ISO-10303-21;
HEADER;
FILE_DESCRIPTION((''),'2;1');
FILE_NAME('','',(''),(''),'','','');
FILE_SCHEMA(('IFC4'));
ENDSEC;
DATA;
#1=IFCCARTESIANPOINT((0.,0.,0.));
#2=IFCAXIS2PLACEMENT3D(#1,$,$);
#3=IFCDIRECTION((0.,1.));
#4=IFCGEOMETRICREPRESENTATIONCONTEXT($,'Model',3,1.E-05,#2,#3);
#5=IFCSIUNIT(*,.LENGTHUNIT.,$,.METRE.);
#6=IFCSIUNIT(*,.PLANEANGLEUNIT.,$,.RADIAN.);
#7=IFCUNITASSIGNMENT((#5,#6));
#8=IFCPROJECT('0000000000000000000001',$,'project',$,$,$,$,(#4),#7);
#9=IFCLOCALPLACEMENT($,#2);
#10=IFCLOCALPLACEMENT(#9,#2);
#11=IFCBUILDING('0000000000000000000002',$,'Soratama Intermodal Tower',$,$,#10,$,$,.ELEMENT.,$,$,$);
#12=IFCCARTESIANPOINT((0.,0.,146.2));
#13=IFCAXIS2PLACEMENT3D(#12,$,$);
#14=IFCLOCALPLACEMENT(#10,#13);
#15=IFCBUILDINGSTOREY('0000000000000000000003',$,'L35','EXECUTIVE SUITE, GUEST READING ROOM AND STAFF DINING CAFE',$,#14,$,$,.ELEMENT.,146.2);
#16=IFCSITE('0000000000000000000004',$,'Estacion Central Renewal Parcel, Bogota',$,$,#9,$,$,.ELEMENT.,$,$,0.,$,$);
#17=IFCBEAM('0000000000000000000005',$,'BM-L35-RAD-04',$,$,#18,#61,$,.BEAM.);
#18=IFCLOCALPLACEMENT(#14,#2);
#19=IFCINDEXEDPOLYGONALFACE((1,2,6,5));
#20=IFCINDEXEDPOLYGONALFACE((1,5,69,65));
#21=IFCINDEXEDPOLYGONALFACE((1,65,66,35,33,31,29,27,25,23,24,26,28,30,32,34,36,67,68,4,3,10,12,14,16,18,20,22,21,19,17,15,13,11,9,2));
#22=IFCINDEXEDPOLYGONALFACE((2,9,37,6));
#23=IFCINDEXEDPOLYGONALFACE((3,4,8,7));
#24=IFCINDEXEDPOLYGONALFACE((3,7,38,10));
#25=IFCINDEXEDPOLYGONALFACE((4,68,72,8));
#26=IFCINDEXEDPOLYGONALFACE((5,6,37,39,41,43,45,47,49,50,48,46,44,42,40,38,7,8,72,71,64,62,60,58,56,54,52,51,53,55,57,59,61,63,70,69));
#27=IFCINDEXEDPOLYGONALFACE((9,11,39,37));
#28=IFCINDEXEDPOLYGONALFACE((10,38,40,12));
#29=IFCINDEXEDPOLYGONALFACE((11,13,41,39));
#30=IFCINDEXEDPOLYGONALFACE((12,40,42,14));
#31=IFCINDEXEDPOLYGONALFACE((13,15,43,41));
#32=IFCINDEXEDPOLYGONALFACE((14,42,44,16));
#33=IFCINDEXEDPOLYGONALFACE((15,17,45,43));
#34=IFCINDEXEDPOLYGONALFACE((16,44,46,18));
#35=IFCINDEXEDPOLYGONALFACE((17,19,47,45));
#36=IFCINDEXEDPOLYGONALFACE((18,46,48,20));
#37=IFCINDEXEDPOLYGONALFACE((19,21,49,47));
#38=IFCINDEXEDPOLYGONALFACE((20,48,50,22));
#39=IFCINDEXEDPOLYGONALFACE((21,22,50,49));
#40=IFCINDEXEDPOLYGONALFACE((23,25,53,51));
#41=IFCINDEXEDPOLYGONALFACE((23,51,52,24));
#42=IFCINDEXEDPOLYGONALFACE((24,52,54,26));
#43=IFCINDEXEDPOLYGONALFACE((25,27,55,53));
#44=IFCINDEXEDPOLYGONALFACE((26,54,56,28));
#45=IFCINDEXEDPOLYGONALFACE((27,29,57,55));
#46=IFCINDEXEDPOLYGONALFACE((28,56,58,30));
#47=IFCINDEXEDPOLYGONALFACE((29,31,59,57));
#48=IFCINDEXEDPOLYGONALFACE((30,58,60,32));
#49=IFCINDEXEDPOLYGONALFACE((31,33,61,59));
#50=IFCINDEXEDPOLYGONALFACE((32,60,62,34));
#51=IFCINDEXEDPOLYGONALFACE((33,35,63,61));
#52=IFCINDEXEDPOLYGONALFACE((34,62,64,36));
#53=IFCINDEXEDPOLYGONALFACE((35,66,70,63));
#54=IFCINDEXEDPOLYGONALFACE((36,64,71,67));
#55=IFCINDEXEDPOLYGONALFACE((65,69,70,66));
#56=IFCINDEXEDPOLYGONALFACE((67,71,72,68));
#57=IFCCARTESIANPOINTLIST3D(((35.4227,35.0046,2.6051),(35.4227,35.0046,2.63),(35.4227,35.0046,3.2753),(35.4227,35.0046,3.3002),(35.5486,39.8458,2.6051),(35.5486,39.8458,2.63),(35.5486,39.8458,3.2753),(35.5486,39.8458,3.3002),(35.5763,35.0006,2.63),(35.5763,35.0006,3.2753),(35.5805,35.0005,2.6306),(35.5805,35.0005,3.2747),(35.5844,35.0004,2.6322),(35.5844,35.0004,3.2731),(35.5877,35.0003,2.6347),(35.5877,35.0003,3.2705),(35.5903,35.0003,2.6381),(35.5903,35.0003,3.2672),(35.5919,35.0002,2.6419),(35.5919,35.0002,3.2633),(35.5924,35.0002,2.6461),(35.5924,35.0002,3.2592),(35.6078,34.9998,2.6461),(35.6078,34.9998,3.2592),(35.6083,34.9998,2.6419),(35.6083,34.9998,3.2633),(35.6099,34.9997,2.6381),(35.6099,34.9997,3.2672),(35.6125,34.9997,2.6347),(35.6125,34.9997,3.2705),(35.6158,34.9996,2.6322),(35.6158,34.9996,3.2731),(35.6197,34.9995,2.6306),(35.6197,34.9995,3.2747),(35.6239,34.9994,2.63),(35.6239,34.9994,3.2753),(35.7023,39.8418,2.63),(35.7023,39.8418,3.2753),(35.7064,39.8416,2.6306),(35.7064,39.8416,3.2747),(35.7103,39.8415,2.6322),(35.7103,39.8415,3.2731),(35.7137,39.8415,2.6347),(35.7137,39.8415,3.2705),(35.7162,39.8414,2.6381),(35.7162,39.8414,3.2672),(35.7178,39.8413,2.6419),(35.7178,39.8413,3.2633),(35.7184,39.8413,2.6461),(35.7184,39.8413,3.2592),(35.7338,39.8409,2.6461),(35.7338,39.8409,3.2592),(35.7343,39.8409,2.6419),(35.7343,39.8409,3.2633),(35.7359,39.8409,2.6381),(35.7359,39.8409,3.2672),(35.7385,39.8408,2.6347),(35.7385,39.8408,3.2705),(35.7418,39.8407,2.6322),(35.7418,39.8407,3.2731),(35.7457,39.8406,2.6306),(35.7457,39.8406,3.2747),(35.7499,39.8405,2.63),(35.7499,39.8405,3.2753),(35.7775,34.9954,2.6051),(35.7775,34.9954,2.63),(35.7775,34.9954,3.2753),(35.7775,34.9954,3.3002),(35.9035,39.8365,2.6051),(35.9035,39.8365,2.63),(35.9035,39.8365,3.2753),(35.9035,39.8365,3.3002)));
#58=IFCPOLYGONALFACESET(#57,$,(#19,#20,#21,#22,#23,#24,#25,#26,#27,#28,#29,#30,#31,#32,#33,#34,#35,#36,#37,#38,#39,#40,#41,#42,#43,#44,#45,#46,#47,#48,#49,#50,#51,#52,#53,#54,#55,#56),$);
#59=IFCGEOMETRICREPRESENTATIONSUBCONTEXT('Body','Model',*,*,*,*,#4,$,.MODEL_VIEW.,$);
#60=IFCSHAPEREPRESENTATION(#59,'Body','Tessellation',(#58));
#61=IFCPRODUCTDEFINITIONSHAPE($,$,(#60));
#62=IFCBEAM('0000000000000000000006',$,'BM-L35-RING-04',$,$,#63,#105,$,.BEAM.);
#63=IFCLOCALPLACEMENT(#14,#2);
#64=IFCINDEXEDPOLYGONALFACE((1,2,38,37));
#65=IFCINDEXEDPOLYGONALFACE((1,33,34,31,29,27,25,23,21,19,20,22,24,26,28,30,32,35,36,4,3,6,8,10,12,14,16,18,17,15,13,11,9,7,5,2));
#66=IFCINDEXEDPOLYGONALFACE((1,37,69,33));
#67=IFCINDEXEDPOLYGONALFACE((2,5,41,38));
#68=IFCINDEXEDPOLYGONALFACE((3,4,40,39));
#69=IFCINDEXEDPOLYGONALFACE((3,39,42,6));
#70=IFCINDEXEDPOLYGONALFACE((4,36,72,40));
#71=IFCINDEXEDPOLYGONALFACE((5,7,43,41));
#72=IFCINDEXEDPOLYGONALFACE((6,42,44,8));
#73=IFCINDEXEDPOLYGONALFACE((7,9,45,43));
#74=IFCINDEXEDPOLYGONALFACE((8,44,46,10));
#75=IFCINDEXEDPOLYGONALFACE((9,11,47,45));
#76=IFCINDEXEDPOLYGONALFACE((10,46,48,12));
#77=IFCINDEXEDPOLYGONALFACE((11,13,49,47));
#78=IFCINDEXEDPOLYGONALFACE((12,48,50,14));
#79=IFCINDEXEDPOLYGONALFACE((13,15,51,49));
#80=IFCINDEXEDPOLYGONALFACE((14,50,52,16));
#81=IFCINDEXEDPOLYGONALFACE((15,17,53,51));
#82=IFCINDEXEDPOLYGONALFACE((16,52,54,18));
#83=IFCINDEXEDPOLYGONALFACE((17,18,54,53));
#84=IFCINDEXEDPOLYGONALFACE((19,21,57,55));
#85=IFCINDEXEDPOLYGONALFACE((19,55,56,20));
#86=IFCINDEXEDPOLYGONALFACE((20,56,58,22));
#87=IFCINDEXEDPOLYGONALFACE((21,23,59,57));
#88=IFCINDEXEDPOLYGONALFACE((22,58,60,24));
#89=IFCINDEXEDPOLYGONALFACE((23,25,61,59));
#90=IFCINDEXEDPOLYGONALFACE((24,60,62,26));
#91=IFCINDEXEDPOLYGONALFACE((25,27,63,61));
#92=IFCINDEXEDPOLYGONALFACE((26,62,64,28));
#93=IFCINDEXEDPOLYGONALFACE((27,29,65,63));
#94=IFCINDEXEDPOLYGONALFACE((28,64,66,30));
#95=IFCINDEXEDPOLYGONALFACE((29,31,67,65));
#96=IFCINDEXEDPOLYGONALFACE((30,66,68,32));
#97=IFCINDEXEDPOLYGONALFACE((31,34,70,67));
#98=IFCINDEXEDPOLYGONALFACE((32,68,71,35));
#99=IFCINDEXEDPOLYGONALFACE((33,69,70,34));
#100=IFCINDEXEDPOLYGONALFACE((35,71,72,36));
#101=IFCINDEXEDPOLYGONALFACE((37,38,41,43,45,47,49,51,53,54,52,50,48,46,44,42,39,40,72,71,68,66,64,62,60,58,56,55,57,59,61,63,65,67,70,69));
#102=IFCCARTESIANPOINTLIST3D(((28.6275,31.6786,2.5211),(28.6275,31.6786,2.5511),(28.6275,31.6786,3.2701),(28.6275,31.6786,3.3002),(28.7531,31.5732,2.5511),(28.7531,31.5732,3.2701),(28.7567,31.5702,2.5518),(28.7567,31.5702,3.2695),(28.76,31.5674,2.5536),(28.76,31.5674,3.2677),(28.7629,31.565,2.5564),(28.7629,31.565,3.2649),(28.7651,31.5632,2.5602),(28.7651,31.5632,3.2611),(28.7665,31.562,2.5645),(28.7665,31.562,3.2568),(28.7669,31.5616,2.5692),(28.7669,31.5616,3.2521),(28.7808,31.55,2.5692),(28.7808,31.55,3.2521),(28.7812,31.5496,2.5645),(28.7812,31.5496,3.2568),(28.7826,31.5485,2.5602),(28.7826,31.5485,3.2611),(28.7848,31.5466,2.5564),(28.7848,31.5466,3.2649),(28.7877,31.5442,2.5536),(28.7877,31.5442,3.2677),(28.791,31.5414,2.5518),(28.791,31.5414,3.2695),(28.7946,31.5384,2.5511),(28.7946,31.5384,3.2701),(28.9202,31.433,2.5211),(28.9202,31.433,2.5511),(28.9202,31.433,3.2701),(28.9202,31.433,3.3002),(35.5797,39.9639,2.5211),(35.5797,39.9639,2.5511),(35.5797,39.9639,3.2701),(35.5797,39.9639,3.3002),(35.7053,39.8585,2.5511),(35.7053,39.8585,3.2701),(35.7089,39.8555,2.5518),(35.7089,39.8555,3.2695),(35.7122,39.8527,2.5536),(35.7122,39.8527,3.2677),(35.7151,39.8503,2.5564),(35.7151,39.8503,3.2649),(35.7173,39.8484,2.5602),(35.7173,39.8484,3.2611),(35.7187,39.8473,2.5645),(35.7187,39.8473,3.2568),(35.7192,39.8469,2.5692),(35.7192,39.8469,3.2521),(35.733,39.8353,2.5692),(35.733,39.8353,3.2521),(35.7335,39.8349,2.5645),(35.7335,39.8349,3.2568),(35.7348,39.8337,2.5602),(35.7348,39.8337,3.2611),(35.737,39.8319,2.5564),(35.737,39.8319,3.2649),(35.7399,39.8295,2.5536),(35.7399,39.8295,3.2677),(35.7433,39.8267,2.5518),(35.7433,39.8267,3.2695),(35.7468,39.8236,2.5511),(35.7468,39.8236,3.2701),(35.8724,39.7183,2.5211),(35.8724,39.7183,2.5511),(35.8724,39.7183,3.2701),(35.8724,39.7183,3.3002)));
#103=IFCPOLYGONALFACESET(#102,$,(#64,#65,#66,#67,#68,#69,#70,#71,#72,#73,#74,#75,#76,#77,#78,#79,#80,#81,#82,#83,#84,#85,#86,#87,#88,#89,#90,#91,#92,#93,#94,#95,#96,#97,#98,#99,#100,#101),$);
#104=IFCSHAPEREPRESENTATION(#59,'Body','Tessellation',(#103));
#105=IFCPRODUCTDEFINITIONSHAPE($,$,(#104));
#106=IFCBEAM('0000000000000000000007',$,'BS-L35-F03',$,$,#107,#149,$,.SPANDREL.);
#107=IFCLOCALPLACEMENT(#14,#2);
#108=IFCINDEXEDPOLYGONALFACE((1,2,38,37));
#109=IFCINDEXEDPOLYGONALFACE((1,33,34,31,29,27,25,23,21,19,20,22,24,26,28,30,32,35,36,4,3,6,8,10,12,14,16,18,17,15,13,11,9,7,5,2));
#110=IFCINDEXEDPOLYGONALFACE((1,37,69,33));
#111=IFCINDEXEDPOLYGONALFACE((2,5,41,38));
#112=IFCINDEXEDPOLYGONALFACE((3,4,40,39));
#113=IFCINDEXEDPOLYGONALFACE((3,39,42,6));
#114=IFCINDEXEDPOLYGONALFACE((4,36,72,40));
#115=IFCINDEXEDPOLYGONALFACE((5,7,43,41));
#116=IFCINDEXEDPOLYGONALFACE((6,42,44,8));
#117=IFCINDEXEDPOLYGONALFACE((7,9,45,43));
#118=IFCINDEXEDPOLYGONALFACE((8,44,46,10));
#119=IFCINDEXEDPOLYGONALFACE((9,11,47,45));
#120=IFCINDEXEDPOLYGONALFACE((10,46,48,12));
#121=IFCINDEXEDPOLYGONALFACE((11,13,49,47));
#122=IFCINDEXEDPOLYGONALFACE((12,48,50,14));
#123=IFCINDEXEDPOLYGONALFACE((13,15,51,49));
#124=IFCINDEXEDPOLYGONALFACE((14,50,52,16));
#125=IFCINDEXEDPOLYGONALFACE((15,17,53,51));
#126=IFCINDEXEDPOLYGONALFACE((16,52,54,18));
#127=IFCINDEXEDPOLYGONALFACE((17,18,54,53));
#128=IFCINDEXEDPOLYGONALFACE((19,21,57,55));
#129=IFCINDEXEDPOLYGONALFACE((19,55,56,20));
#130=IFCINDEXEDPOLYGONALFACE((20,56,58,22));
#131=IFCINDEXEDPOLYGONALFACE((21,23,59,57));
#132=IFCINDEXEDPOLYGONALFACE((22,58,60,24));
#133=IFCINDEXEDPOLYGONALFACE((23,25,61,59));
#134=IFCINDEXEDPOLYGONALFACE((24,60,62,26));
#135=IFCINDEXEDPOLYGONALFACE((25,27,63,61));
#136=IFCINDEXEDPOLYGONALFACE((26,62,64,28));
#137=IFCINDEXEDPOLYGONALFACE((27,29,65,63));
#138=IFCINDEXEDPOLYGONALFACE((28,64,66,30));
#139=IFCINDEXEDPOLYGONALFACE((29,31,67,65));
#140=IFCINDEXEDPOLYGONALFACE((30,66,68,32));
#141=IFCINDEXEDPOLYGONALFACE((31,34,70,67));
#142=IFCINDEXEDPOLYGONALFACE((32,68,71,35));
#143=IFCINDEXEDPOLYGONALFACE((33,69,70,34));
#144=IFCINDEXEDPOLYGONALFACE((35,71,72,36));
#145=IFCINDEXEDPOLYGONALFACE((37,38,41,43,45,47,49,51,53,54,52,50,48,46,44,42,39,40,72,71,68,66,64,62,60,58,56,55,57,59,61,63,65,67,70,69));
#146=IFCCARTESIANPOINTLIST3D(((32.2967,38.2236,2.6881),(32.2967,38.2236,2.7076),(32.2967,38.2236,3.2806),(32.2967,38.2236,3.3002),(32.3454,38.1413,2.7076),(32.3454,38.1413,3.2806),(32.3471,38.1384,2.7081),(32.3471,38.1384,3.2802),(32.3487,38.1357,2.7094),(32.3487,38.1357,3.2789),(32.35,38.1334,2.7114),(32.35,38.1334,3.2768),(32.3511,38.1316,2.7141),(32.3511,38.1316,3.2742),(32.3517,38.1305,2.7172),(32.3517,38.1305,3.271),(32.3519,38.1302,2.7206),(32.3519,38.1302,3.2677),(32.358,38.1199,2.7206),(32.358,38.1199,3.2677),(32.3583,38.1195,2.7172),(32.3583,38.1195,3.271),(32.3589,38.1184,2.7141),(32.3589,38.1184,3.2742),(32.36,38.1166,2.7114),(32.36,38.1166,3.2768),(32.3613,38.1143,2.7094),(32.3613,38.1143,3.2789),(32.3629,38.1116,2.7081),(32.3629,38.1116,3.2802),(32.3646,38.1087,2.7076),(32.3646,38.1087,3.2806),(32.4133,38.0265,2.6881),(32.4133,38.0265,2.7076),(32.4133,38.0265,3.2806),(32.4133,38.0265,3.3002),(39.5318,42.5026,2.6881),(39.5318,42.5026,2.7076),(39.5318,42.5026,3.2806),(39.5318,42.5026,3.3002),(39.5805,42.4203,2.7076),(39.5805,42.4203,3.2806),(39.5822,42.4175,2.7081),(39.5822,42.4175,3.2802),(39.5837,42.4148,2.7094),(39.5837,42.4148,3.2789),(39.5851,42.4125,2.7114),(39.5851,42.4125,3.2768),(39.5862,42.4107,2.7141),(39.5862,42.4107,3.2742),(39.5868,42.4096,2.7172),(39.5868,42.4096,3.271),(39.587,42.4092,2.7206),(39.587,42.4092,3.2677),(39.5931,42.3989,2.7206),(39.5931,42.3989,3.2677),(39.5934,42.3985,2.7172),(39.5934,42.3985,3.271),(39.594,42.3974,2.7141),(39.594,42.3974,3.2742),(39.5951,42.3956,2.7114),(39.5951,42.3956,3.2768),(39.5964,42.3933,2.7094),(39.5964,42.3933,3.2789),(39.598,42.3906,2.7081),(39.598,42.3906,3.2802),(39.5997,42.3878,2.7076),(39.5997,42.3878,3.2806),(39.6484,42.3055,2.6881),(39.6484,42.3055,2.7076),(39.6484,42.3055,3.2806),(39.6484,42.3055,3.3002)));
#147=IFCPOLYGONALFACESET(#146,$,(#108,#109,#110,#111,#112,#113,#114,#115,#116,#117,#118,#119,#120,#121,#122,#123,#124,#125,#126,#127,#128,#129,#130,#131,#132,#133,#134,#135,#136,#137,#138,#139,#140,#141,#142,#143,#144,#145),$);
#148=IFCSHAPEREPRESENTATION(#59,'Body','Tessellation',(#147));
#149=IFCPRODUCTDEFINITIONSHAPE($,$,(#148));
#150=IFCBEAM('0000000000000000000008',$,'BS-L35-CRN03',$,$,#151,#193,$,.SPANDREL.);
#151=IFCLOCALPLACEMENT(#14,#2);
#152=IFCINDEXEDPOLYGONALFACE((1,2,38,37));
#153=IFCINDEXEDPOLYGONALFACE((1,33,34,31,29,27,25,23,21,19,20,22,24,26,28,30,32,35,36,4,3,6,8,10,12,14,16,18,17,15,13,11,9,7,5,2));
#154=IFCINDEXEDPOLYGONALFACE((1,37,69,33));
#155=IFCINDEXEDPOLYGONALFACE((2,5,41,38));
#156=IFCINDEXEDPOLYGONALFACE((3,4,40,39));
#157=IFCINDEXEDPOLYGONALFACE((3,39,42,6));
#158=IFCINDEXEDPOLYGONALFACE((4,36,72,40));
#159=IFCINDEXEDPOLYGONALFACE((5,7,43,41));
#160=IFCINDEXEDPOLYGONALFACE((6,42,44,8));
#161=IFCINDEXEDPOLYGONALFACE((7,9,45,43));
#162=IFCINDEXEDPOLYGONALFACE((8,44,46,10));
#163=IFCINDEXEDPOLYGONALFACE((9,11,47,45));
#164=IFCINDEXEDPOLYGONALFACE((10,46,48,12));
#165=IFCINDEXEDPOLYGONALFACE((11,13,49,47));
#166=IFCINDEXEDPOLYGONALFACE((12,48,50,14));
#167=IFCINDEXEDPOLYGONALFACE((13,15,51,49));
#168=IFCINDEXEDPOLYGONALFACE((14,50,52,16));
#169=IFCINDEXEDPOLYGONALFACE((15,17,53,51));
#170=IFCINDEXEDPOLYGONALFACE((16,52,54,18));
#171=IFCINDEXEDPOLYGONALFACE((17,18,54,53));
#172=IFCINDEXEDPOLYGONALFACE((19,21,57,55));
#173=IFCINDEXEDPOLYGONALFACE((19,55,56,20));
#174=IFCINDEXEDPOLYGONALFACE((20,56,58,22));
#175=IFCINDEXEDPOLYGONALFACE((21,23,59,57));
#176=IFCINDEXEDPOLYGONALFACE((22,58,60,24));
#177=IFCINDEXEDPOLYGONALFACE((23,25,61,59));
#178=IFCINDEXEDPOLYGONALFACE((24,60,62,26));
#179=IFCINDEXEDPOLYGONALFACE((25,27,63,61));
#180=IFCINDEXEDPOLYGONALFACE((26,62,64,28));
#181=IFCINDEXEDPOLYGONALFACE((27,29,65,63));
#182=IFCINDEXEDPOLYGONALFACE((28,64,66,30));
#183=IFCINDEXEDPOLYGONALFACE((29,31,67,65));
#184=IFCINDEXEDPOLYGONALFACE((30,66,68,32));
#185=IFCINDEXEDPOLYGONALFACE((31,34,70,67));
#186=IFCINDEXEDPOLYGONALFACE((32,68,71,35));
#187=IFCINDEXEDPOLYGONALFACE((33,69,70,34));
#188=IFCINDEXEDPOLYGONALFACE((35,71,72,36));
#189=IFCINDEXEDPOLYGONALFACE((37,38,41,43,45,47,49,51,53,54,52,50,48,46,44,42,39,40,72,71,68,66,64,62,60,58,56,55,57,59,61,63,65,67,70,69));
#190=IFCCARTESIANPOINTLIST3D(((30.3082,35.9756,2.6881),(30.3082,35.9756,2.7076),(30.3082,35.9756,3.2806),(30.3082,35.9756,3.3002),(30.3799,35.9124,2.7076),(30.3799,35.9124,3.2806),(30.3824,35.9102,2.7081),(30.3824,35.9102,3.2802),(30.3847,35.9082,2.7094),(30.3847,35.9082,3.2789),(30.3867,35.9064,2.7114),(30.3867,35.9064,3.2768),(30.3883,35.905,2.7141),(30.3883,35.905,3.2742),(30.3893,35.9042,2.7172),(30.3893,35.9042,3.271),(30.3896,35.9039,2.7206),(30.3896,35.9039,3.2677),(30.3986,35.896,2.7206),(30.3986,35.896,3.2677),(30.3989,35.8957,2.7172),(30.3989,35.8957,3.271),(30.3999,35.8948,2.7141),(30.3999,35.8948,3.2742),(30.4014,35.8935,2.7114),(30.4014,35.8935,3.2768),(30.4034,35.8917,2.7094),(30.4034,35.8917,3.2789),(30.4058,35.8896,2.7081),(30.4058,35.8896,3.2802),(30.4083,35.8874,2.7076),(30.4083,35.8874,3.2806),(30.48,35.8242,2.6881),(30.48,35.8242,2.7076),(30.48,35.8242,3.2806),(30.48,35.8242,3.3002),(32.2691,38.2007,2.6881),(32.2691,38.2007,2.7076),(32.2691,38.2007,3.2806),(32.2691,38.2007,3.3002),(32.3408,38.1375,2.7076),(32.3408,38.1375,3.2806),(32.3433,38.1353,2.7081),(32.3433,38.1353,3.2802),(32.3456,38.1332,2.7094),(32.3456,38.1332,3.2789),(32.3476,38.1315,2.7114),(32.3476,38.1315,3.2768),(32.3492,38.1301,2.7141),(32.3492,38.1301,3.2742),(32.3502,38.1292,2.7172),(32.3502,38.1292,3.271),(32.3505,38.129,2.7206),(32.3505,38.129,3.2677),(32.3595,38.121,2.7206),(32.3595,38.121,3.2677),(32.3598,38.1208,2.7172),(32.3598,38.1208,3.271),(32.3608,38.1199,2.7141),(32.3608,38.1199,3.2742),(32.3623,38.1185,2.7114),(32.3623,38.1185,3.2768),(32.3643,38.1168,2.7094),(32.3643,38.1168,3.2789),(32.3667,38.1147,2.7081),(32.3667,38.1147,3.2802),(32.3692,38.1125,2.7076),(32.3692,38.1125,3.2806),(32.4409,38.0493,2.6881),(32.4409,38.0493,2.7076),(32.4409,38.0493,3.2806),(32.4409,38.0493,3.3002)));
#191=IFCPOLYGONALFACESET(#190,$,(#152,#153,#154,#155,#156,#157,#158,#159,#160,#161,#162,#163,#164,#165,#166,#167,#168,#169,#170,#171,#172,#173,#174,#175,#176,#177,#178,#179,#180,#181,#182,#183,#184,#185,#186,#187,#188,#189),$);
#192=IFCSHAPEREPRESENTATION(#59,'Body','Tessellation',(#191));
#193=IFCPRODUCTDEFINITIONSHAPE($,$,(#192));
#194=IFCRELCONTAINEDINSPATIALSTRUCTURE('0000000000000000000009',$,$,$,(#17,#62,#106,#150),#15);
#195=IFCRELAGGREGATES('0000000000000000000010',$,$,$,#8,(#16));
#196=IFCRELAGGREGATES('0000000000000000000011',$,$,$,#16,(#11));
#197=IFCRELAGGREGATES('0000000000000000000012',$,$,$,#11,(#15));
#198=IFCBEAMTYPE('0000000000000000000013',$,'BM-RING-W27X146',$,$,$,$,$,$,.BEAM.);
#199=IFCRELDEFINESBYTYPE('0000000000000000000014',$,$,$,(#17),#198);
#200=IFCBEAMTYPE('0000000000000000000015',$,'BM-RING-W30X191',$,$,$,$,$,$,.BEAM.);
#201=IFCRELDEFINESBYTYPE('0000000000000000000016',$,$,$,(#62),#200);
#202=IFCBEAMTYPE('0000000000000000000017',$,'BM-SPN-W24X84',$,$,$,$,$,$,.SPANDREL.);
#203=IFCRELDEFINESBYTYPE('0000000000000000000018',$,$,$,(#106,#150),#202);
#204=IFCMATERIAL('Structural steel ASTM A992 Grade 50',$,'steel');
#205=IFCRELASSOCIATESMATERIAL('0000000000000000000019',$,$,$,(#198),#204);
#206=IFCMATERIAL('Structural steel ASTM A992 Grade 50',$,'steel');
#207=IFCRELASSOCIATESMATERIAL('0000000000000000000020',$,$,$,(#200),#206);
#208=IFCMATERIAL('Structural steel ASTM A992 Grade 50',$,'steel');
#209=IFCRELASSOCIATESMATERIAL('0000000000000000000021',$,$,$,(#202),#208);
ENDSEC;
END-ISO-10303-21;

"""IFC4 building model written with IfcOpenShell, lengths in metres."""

from ifc_helpers import new_model, si_unit, direction, frame, origin, origin_2d, place, context, subcontext, project, spatial, i_section, extrude, material, material_profile, profile_set, type_object, element, save


model = new_model("IFC4")

# Units and contexts
model_context = context("Model", 3, precision=1e-05, world=origin(), true_north=direction((0.0, 1.0)))
body_context = subcontext(model_context, "Body", "Model", "MODEL_VIEW")
ifc_project = project(units=[si_unit("LENGTHUNIT", "METRE"), si_unit("PLANEANGLEUNIT", "RADIAN")], contexts=[model_context])

# Site, building, storey
site_placement = place(None, origin())
site = spatial("IfcSite", under=ifc_project, at=site_placement, Name="Estacion Central Renewal Parcel, Bogota", CompositionType="ELEMENT", RefElevation=0.0)
building_placement = place(site_placement, origin())
building = spatial("IfcBuilding", under=site, at=building_placement, Name="Soratama Intermodal Tower", CompositionType="ELEMENT")
storey_placement = place(building_placement, frame((0.0, 0.0, 146.2)))
storey = spatial("IfcBuildingStorey", under=building, at=storey_placement, Name="L35", Description="EXECUTIVE SUITE, GUEST READING ROOM AND STAFF DINING CAFE", CompositionType="ELEMENT", Elevation=146.2)

# Beams
ifc_material_1 = material(Name="Structural steel ASTM A992 Grade 50", Category="steel")
ifc_material_profile_1 = material_profile(ifc_material_1, i_section(OverallWidth=0.355, OverallDepth=0.6951, WebThickness=0.0154, FlangeThickness=0.0249, FilletRadius=0.0161, at=origin_2d()), Name="W27X146")
ifc_profile_set_1 = profile_set([ifc_material_profile_1], Name="Structural steel ASTM A992 Grade 50")
beam_type_1 = type_object("IfcBeamType", Name="BM-RING-W27X146", PredefinedType="BEAM", material=ifc_profile_set_1)
beam_1_placement = place(storey_placement, frame((35.6001, 35.0, 2.9526), z_axis=(0.026014, 0.999662, 0.0), x_axis=(-0.999662, 0.026014, 0.0)))
element("IfcBeam", 1, at=beam_1_placement, inside=storey, type_object=beam_type_1, Name="BM-L35-RAD-04", PredefinedType="BEAM", context=body_context, shape_type="SweptSolid", body=[
    extrude(i_section(OverallWidth=0.355, OverallDepth=0.6951, WebThickness=0.0154, FlangeThickness=0.0249, FilletRadius=0.0161, at=origin_2d()), origin(), (0.0, 0.0, 1.0), 4.8428),
])
ifc_material_2 = material(Name="Structural steel ASTM A992 Grade 50", Category="steel")
ifc_material_profile_2 = material_profile(ifc_material_2, i_section(OverallWidth=0.3821, OverallDepth=0.7791, WebThickness=0.0181, FlangeThickness=0.03, FilletRadius=0.0181, at=origin_2d()), Name="W30X191")
ifc_profile_set_2 = profile_set([ifc_material_profile_2], Name="Structural steel ASTM A992 Grade 50")
beam_type_2 = type_object("IfcBeamType", Name="BM-RING-W30X191", PredefinedType="BEAM", material=ifc_profile_set_2)
beam_2_placement = place(storey_placement, frame((35.7261, 39.8411, 2.9106), z_axis=(-0.642792, -0.766041, 0.0), x_axis=(0.766041, -0.642792, 0.0)))
element("IfcBeam", 2, at=beam_2_placement, inside=storey, type_object=beam_type_2, Name="BM-L35-RING-04", PredefinedType="BEAM", context=body_context, shape_type="SweptSolid", body=[
    extrude(i_section(OverallWidth=0.3821, OverallDepth=0.7791, WebThickness=0.0181, FlangeThickness=0.03, FilletRadius=0.0181, at=origin_2d()), origin(), (0.0, 0.0, 1.0), 10.8157),
])
ifc_material_3 = material(Name="Structural steel ASTM A992 Grade 50", Category="steel")
ifc_material_profile_3 = material_profile(ifc_material_3, i_section(OverallWidth=0.229, OverallDepth=0.6121, WebThickness=0.012, FlangeThickness=0.0195, FilletRadius=0.0129, at=origin_2d()), Name="W24X84")
ifc_profile_set_3 = profile_set([ifc_material_profile_3], Name="Structural steel ASTM A992 Grade 50")
beam_type_3 = type_object("IfcBeamType", Name="BM-SPN-W24X84", PredefinedType="SPANDREL", material=ifc_profile_set_3)
beam_3_placement = place(storey_placement, frame((39.5901, 42.4041, 2.9941), z_axis=(-0.86073, -0.509061, 0.0), x_axis=(0.509061, -0.86073, 0.0)))
element("IfcBeam", 3, at=beam_3_placement, inside=storey, type_object=beam_type_3, Name="BS-L35-F03", PredefinedType="SPANDREL", context=body_context, shape_type="SweptSolid", body=[
    extrude(i_section(OverallWidth=0.229, OverallDepth=0.6121, WebThickness=0.012, FlangeThickness=0.0195, FilletRadius=0.0129, at=origin_2d()), origin(), (0.0, 0.0, 1.0), 8.4058),
])
beam_4_placement = place(storey_placement, frame((32.355, 38.125, 2.9941), z_axis=(-0.66117, -0.750236, 0.0), x_axis=(0.750236, -0.66117, 0.0)))
element("IfcBeam", 4, at=beam_4_placement, inside=storey, type_object=beam_type_3, Name="BS-L35-CRN03", PredefinedType="SPANDREL", context=body_context, shape_type="SweptSolid", body=[
    extrude(i_section(OverallWidth=0.229, OverallDepth=0.6121, WebThickness=0.012, FlangeThickness=0.0195, FilletRadius=0.0129, at=origin_2d()), origin(), (0.0, 0.0, 1.0), 2.9658),
])

save(model, "model.ifc")
